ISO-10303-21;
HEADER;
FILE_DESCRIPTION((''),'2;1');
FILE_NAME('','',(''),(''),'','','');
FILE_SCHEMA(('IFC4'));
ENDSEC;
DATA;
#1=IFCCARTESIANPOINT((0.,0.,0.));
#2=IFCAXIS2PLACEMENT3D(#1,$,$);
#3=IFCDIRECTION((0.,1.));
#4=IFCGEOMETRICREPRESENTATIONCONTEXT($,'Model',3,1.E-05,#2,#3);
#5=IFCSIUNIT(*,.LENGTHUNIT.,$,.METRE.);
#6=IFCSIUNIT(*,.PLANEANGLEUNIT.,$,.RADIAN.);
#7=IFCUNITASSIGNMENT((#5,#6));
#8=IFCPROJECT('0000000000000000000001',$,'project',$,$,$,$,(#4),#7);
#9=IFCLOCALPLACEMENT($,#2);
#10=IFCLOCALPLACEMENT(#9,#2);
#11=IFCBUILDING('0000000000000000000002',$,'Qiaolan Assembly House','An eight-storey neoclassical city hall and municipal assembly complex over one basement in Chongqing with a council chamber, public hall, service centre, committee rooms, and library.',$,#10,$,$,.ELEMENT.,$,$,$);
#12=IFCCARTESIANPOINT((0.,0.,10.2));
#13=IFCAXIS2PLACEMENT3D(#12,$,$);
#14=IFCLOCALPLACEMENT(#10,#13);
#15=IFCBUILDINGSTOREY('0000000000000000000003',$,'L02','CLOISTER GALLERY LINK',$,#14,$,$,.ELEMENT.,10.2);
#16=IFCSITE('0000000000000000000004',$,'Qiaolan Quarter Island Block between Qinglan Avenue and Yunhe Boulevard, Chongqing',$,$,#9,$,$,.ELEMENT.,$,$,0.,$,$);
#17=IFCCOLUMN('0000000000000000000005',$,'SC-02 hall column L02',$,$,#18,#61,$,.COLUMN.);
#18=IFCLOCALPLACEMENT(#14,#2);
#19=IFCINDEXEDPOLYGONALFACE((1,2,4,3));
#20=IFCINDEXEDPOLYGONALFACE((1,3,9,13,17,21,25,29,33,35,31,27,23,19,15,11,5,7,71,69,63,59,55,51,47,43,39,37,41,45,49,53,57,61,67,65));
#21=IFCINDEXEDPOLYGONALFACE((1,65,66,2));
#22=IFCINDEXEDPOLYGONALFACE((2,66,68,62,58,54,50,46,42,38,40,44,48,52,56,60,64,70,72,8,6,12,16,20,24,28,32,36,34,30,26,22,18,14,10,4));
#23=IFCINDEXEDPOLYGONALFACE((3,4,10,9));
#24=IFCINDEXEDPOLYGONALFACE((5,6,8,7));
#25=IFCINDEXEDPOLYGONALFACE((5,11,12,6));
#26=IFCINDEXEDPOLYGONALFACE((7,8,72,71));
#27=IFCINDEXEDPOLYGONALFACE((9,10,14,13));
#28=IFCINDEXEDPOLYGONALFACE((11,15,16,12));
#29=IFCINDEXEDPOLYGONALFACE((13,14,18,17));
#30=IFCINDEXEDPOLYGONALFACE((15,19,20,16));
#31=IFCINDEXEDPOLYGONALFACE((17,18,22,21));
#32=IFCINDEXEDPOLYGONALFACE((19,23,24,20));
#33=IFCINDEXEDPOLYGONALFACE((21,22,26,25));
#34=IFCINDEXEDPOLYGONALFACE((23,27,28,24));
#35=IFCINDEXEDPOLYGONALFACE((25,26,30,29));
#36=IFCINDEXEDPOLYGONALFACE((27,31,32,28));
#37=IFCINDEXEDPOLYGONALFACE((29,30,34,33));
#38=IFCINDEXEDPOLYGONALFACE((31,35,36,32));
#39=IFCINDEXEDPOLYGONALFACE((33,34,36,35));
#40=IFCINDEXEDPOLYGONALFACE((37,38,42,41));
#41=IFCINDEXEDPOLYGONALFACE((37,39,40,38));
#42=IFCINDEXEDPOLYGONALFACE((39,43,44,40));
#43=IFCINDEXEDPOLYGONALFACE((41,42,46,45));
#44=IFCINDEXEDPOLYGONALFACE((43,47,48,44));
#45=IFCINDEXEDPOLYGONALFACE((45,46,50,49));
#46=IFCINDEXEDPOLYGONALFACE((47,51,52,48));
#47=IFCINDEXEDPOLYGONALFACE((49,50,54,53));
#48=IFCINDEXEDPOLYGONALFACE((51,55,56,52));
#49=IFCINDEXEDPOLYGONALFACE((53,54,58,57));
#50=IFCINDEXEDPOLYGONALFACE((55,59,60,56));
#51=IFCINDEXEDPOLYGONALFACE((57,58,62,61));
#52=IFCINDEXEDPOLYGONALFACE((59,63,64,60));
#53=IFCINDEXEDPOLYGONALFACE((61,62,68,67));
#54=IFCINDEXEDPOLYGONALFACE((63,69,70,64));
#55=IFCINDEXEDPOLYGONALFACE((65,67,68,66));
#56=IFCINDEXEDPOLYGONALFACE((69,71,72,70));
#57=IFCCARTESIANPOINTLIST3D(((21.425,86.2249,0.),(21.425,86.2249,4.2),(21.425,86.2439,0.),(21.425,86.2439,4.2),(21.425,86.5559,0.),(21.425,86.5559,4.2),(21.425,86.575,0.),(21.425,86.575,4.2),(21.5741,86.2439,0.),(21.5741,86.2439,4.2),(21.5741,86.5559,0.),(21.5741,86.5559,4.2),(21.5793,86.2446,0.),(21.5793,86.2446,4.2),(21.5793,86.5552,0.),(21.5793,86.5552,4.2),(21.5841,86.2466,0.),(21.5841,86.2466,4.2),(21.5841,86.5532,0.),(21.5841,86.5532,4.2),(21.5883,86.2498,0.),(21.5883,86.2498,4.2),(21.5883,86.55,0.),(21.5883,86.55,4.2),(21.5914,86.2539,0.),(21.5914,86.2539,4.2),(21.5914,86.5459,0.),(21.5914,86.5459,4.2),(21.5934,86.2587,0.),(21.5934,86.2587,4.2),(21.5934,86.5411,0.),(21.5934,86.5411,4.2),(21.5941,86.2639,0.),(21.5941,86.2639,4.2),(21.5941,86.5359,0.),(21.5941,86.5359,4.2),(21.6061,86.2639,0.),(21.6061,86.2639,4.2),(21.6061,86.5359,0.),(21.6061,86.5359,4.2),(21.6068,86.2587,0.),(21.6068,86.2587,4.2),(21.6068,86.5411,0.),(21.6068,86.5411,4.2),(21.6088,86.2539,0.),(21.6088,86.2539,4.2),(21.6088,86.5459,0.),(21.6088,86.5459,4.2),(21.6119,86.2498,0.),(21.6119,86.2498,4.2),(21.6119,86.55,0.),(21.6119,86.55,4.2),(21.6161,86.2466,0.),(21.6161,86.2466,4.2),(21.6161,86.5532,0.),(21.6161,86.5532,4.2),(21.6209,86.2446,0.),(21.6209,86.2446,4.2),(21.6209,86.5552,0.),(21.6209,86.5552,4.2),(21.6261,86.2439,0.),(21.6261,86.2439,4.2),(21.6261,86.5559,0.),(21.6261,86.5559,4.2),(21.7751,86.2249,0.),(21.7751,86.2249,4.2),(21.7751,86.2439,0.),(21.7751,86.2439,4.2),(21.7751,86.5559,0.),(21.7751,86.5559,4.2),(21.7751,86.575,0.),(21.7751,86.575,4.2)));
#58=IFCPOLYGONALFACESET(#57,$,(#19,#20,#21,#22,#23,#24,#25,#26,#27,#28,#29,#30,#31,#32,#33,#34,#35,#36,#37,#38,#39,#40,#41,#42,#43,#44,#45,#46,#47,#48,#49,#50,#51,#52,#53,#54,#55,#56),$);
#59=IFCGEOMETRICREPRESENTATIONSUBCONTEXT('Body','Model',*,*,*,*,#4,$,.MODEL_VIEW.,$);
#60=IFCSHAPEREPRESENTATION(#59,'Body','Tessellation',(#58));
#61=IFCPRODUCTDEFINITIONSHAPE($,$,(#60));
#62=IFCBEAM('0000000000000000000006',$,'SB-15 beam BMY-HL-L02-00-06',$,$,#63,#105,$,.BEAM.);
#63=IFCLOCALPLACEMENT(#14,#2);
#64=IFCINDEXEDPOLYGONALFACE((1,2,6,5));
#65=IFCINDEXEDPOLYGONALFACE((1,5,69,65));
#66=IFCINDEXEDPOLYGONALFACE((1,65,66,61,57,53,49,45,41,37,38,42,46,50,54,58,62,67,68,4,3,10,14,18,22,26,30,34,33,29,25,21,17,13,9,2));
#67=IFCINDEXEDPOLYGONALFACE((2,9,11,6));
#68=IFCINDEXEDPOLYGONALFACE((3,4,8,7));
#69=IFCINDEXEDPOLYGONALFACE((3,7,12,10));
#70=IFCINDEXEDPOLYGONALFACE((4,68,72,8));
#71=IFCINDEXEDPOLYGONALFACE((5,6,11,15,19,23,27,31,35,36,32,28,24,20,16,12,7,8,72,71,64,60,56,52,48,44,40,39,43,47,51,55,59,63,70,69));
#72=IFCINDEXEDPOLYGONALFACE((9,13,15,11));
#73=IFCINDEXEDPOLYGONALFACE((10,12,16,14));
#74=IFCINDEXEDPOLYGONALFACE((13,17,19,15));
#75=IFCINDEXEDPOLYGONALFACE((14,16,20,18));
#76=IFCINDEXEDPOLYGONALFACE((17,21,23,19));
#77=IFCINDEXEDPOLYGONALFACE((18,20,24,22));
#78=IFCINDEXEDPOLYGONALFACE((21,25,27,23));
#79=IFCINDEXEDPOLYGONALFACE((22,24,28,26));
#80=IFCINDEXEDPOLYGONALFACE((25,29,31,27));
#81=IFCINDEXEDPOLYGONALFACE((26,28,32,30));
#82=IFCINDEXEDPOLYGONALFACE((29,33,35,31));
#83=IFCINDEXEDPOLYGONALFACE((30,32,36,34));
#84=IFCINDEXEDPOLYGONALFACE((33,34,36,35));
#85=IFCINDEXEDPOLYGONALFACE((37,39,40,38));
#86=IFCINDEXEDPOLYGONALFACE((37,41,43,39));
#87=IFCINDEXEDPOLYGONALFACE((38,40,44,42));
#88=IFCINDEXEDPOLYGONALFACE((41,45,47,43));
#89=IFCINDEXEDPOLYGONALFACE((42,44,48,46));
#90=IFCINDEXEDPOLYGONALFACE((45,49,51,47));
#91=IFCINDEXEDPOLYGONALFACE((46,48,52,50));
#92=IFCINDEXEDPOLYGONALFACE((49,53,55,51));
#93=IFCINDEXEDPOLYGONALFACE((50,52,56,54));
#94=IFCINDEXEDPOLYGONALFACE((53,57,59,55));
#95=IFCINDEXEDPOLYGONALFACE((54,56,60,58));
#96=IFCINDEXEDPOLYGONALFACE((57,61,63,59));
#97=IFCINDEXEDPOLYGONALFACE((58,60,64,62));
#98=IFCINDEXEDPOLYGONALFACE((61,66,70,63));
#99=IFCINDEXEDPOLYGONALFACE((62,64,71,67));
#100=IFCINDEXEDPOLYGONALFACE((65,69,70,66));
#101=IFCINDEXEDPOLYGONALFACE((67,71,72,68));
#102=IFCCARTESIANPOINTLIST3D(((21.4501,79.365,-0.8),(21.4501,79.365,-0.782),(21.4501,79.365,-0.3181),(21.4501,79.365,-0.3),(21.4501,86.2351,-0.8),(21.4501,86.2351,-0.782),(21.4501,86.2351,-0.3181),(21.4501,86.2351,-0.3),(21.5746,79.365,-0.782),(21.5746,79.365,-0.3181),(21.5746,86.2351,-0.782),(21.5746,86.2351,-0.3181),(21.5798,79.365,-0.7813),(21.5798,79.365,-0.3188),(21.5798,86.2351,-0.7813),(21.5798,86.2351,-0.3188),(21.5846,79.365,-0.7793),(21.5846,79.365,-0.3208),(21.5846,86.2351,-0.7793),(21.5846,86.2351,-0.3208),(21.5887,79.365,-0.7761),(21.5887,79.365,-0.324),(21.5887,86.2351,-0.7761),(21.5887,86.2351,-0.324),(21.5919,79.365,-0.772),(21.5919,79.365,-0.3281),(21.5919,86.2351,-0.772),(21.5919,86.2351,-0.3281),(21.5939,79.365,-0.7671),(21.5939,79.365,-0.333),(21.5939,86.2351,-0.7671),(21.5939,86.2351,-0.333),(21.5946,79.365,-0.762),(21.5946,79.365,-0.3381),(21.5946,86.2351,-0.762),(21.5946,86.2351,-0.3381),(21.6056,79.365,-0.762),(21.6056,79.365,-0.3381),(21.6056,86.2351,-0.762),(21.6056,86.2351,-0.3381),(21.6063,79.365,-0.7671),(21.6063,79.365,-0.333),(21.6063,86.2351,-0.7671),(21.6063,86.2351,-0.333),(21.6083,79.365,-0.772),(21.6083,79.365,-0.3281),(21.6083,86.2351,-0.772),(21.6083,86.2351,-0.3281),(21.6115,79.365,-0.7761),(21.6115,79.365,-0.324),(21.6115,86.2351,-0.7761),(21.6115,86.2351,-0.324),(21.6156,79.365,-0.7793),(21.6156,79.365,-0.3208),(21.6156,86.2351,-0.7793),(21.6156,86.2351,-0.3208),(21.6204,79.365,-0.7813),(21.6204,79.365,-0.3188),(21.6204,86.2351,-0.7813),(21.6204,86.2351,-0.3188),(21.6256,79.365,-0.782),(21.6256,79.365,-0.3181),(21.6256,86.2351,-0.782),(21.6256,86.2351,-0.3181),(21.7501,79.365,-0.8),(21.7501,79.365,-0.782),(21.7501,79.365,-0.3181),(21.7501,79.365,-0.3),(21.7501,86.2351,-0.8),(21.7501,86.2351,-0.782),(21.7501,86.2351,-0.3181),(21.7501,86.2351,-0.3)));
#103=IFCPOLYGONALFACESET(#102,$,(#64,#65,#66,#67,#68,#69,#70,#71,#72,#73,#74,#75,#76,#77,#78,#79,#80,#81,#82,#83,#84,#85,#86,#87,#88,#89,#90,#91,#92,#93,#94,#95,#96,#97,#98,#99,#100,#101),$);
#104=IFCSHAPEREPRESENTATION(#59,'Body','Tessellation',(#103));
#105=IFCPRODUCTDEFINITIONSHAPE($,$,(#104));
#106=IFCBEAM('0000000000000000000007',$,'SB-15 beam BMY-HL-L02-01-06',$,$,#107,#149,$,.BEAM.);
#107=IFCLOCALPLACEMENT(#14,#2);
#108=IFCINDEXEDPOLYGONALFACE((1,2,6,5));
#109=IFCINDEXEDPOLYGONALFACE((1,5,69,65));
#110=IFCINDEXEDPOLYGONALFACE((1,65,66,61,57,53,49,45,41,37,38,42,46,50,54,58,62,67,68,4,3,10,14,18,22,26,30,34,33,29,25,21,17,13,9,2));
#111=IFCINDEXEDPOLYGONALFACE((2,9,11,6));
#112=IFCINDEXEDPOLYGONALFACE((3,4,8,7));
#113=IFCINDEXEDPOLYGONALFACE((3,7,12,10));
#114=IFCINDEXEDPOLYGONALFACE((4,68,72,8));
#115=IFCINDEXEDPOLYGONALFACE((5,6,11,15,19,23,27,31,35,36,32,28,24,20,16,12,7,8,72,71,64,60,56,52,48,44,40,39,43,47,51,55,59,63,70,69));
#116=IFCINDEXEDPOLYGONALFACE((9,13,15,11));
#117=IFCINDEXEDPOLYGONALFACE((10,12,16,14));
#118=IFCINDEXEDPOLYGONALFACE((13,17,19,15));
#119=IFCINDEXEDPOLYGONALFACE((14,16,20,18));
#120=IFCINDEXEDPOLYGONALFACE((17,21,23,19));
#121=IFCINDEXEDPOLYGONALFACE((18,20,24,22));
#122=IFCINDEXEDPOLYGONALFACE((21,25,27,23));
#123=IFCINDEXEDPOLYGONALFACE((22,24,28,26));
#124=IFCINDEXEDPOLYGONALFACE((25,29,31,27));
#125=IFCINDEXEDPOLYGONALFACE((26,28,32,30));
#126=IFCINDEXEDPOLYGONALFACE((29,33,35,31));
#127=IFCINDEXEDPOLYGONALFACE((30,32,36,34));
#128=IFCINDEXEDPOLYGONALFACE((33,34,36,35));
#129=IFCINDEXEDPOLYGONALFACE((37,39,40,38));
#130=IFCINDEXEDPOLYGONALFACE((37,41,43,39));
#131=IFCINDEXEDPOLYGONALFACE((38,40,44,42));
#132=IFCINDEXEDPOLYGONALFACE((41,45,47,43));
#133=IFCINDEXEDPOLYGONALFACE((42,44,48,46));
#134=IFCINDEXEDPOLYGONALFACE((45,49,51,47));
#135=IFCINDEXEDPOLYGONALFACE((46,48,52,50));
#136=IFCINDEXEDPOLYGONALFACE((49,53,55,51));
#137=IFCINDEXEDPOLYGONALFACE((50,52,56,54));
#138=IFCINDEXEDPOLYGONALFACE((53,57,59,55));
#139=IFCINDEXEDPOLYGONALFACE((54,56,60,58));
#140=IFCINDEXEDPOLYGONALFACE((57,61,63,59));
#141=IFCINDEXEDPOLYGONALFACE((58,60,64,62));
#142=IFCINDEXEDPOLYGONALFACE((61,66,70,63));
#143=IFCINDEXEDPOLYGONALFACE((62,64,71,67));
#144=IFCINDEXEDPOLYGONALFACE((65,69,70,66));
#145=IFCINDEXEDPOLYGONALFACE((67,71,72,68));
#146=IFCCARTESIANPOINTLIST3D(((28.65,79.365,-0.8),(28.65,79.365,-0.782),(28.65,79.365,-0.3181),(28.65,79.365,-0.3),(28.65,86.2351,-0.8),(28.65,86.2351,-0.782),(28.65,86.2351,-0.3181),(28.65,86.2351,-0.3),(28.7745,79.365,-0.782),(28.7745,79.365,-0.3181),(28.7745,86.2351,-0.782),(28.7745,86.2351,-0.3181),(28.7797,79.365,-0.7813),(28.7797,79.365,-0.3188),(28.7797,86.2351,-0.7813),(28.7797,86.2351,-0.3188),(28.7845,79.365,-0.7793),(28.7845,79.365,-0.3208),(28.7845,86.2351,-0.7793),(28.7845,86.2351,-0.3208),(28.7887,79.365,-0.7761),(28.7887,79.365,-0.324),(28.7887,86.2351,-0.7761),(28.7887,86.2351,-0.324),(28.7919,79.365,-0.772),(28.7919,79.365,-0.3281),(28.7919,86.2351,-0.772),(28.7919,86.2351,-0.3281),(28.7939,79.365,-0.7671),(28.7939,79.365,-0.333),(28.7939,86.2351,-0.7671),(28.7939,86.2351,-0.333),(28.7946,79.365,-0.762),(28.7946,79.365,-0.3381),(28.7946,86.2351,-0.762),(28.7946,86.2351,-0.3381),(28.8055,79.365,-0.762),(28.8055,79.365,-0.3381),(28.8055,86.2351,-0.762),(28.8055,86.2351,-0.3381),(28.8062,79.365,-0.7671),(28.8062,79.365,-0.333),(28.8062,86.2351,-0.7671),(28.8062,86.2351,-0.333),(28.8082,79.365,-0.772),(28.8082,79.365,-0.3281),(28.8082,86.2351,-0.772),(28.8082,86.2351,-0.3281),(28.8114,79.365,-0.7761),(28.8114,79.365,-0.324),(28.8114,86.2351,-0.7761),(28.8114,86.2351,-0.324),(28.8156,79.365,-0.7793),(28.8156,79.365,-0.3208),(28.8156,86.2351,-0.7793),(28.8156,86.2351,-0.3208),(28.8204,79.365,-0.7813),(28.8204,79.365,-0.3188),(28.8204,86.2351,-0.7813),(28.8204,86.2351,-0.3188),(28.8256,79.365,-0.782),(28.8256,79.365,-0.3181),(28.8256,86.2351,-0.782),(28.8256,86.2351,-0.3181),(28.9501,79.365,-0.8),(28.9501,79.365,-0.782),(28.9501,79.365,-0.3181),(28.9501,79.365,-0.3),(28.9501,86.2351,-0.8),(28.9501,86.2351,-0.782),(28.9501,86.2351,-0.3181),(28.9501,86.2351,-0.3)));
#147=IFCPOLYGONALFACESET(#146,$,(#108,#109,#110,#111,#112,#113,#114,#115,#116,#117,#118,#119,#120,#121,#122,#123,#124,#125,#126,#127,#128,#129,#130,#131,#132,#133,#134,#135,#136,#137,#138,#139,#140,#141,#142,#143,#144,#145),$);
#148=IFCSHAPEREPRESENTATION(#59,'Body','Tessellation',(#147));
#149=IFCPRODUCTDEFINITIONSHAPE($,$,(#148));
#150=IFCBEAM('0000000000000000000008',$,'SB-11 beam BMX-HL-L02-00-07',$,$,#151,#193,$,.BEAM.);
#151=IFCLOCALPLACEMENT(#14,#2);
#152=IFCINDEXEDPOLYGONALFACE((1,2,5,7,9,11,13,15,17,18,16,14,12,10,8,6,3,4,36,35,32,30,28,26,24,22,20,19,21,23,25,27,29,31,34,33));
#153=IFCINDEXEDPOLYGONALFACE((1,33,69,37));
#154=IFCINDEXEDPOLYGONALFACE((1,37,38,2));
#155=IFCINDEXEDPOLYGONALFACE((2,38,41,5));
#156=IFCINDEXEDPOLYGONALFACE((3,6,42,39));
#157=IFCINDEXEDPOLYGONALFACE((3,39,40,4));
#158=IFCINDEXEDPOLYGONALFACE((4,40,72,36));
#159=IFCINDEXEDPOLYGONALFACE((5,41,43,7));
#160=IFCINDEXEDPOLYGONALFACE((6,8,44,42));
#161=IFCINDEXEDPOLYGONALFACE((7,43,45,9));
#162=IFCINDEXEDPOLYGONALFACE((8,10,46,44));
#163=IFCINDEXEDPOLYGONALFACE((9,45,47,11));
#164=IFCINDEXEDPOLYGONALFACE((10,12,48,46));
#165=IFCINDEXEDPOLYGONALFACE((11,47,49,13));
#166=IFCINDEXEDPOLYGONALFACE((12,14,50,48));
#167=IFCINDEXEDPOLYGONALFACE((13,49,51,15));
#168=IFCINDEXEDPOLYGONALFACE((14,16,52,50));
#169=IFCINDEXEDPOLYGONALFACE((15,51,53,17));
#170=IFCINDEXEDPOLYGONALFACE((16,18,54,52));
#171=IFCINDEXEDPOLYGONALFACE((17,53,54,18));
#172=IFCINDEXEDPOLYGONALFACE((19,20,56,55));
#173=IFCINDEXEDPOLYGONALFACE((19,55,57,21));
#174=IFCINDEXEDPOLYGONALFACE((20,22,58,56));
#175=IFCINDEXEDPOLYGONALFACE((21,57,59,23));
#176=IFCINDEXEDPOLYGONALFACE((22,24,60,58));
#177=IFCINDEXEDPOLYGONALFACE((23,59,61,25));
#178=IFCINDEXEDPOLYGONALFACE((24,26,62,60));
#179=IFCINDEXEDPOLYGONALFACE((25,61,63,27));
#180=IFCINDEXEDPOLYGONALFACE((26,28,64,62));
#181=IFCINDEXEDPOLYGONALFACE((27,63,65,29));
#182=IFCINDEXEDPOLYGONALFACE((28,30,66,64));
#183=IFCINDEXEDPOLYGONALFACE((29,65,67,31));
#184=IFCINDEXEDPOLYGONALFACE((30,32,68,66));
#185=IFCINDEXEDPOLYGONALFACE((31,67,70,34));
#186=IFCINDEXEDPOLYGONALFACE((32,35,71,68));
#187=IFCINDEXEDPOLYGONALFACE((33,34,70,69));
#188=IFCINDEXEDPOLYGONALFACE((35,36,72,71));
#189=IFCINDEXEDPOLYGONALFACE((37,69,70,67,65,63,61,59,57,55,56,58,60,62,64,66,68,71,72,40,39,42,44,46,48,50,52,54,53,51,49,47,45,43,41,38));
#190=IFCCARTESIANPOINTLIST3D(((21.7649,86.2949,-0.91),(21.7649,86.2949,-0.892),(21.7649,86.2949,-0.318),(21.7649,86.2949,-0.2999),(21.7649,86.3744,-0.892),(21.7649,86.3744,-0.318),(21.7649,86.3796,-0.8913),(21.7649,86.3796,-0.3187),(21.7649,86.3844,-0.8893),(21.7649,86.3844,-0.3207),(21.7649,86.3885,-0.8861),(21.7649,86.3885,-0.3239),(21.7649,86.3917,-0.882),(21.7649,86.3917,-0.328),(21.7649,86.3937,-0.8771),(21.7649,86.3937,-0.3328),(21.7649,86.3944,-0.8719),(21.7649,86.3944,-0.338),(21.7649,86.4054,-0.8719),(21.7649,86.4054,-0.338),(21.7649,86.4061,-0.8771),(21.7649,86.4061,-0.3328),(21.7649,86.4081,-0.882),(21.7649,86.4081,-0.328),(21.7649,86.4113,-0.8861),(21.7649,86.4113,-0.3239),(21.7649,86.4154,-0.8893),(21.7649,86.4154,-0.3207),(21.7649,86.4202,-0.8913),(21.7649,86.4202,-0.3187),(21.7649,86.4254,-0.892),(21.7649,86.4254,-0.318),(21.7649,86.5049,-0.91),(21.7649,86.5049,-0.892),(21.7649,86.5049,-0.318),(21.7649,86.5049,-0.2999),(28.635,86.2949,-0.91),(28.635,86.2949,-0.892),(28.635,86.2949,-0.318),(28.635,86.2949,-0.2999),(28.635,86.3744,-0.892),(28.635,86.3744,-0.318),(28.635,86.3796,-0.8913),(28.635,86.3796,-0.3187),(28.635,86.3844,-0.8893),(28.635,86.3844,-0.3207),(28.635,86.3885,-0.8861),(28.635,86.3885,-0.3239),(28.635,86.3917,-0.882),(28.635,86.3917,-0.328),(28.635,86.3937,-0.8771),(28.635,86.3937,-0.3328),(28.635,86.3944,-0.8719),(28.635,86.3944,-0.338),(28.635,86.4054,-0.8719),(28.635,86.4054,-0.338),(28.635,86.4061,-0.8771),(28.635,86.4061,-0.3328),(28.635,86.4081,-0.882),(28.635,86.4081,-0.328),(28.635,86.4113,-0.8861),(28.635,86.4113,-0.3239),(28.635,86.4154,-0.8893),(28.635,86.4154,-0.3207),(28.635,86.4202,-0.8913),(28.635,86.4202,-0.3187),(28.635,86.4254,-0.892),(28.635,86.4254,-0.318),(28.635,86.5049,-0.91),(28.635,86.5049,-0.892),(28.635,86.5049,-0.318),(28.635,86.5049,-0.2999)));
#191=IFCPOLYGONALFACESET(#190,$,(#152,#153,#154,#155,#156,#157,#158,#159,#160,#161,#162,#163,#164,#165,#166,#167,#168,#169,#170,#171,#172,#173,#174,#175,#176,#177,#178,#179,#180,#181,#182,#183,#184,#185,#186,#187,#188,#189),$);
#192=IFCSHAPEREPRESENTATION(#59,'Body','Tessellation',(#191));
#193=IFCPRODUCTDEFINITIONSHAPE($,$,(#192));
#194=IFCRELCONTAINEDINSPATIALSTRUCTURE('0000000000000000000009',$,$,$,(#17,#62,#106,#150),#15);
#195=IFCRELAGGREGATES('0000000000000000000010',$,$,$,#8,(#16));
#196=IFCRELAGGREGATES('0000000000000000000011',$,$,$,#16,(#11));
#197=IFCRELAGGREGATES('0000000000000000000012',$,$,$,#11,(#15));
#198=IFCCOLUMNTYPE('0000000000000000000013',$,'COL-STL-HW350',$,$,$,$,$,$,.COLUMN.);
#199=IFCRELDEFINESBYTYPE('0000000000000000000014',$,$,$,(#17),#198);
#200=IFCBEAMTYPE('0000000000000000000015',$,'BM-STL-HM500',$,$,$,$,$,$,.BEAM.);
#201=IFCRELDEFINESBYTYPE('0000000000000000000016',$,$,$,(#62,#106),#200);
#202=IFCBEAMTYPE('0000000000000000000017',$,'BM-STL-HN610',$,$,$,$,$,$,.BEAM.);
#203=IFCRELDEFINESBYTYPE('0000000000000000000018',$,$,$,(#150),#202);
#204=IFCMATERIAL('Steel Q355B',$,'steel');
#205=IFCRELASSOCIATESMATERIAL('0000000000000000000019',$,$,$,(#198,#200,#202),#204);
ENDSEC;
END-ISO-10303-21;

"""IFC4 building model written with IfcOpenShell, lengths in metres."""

from ifc_helpers import new_model, si_unit, direction, frame, origin, origin_2d, place, context, subcontext, project, spatial, i_section, extrude, material, material_profile, profile_set, type_object, element, save


model = new_model("IFC4")

# Units and contexts
model_context = context("Model", 3, precision=1e-05, world=origin(), true_north=direction((0.0, 1.0)))
body_context = subcontext(model_context, "Body", "Model", "MODEL_VIEW")
ifc_project = project(units=[si_unit("LENGTHUNIT", "METRE"), si_unit("PLANEANGLEUNIT", "RADIAN")], contexts=[model_context])

# Site, building, storey
site_placement = place(None, origin())
site = spatial("IfcSite", under=ifc_project, at=site_placement, Name="Qiaolan Quarter Island Block between Qinglan Avenue and Yunhe Boulevard, Chongqing", CompositionType="ELEMENT", RefElevation=0.0)
building_placement = place(site_placement, origin())
building = spatial("IfcBuilding", under=site, at=building_placement, Name="Qiaolan Assembly House", Description="An eight-storey neoclassical city hall and municipal assembly complex over one basement in Chongqing with a council chamber, public hall, service centre, committee rooms, and library.", CompositionType="ELEMENT")
storey_placement = place(building_placement, frame((0.0, 0.0, 10.2)))
storey = spatial("IfcBuildingStorey", under=building, at=storey_placement, Name="L02", Description="CLOISTER GALLERY LINK", CompositionType="ELEMENT", Elevation=10.2)

# Column
ifc_material_1 = material(Name="Steel Q355B", Category="steel")
ifc_material_profile_1 = material_profile(ifc_material_1, i_section(OverallWidth=0.3501, OverallDepth=0.3501, WebThickness=0.012, FlangeThickness=0.019, FilletRadius=0.02, at=origin_2d()), Name="HW 350x350x12x19")
ifc_profile_set_1 = profile_set([ifc_material_profile_1], Name="Steel Q355B")
column_type = type_object("IfcColumnType", Name="COL-STL-HW350", PredefinedType="COLUMN", material=ifc_profile_set_1)
column_placement = place(storey_placement, frame((21.6001, 86.3999, 0.0), z_axis=(0.0, 0.0, 1.0), x_axis=(1.0, 0.0, 0.0)))
element("IfcColumn", 1, at=column_placement, inside=storey, type_object=column_type, Name="SC-02 hall column L02", PredefinedType="COLUMN", context=body_context, shape_type="SweptSolid", body=[
    extrude(i_section(OverallWidth=0.3501, OverallDepth=0.3501, WebThickness=0.012, FlangeThickness=0.019, FilletRadius=0.02, at=origin_2d()), origin(), (0.0, 0.0, 1.0), 4.2),
])

# Beams
ifc_material_profile_2 = material_profile(ifc_material_1, i_section(OverallWidth=0.3, OverallDepth=0.5, WebThickness=0.011, FlangeThickness=0.0181, FilletRadius=0.02, at=origin_2d()), Name="HM 500x300x11x18")
ifc_profile_set_2 = profile_set([ifc_material_profile_2], Name="Steel Q355B")
beam_type_1 = type_object("IfcBeamType", Name="BM-STL-HM500", PredefinedType="BEAM", material=ifc_profile_set_2)
for number, where, z_axis, x_axis, name in (
    (2, (21.6001, 79.365, -0.55), (0.0, 1.0, 0.0), (-1.0, 0.0, 0.0), "SB-15 beam BMY-HL-L02-00-06"),
    (3, (28.8, 79.365, -0.55), (0.0, 1.0, 0.0), (-1.0, 0.0, 0.0), "SB-15 beam BMY-HL-L02-01-06"),
):
    element("IfcBeam", number, at=place(storey_placement, frame(where, z_axis=z_axis, x_axis=x_axis)), inside=storey, type_object=beam_type_1, Name=name, PredefinedType="BEAM", context=body_context, shape_type="SweptSolid", body=[
        extrude(i_section(OverallWidth=0.3, OverallDepth=0.5, WebThickness=0.011, FlangeThickness=0.0181, FilletRadius=0.02, at=origin_2d()), origin(), (0.0, 0.0, 1.0), 6.8701),
    ])
ifc_material_profile_3 = material_profile(ifc_material_1, i_section(OverallWidth=0.21, OverallDepth=0.6101, WebThickness=0.011, FlangeThickness=0.0181, FilletRadius=0.02, at=origin_2d()), Name="HN 610x210x11x18")
ifc_profile_set_3 = profile_set([ifc_material_profile_3], Name="Steel Q355B")
beam_type_2 = type_object("IfcBeamType", Name="BM-STL-HN610", PredefinedType="BEAM", material=ifc_profile_set_3)
beam_placement = place(storey_placement, frame((21.7649, 86.3999, -0.605), z_axis=(1.0, 0.0, 0.0), x_axis=(0.0, 1.0, 0.0)))
element("IfcBeam", 4, at=beam_placement, inside=storey, type_object=beam_type_2, Name="SB-11 beam BMX-HL-L02-00-07", PredefinedType="BEAM", context=body_context, shape_type="SweptSolid", body=[
    extrude(i_section(OverallWidth=0.21, OverallDepth=0.6101, WebThickness=0.011, FlangeThickness=0.0181, FilletRadius=0.02, at=origin_2d()), origin(), (0.0, 0.0, 1.0), 6.8701),
])

save(model, "model.ifc")
